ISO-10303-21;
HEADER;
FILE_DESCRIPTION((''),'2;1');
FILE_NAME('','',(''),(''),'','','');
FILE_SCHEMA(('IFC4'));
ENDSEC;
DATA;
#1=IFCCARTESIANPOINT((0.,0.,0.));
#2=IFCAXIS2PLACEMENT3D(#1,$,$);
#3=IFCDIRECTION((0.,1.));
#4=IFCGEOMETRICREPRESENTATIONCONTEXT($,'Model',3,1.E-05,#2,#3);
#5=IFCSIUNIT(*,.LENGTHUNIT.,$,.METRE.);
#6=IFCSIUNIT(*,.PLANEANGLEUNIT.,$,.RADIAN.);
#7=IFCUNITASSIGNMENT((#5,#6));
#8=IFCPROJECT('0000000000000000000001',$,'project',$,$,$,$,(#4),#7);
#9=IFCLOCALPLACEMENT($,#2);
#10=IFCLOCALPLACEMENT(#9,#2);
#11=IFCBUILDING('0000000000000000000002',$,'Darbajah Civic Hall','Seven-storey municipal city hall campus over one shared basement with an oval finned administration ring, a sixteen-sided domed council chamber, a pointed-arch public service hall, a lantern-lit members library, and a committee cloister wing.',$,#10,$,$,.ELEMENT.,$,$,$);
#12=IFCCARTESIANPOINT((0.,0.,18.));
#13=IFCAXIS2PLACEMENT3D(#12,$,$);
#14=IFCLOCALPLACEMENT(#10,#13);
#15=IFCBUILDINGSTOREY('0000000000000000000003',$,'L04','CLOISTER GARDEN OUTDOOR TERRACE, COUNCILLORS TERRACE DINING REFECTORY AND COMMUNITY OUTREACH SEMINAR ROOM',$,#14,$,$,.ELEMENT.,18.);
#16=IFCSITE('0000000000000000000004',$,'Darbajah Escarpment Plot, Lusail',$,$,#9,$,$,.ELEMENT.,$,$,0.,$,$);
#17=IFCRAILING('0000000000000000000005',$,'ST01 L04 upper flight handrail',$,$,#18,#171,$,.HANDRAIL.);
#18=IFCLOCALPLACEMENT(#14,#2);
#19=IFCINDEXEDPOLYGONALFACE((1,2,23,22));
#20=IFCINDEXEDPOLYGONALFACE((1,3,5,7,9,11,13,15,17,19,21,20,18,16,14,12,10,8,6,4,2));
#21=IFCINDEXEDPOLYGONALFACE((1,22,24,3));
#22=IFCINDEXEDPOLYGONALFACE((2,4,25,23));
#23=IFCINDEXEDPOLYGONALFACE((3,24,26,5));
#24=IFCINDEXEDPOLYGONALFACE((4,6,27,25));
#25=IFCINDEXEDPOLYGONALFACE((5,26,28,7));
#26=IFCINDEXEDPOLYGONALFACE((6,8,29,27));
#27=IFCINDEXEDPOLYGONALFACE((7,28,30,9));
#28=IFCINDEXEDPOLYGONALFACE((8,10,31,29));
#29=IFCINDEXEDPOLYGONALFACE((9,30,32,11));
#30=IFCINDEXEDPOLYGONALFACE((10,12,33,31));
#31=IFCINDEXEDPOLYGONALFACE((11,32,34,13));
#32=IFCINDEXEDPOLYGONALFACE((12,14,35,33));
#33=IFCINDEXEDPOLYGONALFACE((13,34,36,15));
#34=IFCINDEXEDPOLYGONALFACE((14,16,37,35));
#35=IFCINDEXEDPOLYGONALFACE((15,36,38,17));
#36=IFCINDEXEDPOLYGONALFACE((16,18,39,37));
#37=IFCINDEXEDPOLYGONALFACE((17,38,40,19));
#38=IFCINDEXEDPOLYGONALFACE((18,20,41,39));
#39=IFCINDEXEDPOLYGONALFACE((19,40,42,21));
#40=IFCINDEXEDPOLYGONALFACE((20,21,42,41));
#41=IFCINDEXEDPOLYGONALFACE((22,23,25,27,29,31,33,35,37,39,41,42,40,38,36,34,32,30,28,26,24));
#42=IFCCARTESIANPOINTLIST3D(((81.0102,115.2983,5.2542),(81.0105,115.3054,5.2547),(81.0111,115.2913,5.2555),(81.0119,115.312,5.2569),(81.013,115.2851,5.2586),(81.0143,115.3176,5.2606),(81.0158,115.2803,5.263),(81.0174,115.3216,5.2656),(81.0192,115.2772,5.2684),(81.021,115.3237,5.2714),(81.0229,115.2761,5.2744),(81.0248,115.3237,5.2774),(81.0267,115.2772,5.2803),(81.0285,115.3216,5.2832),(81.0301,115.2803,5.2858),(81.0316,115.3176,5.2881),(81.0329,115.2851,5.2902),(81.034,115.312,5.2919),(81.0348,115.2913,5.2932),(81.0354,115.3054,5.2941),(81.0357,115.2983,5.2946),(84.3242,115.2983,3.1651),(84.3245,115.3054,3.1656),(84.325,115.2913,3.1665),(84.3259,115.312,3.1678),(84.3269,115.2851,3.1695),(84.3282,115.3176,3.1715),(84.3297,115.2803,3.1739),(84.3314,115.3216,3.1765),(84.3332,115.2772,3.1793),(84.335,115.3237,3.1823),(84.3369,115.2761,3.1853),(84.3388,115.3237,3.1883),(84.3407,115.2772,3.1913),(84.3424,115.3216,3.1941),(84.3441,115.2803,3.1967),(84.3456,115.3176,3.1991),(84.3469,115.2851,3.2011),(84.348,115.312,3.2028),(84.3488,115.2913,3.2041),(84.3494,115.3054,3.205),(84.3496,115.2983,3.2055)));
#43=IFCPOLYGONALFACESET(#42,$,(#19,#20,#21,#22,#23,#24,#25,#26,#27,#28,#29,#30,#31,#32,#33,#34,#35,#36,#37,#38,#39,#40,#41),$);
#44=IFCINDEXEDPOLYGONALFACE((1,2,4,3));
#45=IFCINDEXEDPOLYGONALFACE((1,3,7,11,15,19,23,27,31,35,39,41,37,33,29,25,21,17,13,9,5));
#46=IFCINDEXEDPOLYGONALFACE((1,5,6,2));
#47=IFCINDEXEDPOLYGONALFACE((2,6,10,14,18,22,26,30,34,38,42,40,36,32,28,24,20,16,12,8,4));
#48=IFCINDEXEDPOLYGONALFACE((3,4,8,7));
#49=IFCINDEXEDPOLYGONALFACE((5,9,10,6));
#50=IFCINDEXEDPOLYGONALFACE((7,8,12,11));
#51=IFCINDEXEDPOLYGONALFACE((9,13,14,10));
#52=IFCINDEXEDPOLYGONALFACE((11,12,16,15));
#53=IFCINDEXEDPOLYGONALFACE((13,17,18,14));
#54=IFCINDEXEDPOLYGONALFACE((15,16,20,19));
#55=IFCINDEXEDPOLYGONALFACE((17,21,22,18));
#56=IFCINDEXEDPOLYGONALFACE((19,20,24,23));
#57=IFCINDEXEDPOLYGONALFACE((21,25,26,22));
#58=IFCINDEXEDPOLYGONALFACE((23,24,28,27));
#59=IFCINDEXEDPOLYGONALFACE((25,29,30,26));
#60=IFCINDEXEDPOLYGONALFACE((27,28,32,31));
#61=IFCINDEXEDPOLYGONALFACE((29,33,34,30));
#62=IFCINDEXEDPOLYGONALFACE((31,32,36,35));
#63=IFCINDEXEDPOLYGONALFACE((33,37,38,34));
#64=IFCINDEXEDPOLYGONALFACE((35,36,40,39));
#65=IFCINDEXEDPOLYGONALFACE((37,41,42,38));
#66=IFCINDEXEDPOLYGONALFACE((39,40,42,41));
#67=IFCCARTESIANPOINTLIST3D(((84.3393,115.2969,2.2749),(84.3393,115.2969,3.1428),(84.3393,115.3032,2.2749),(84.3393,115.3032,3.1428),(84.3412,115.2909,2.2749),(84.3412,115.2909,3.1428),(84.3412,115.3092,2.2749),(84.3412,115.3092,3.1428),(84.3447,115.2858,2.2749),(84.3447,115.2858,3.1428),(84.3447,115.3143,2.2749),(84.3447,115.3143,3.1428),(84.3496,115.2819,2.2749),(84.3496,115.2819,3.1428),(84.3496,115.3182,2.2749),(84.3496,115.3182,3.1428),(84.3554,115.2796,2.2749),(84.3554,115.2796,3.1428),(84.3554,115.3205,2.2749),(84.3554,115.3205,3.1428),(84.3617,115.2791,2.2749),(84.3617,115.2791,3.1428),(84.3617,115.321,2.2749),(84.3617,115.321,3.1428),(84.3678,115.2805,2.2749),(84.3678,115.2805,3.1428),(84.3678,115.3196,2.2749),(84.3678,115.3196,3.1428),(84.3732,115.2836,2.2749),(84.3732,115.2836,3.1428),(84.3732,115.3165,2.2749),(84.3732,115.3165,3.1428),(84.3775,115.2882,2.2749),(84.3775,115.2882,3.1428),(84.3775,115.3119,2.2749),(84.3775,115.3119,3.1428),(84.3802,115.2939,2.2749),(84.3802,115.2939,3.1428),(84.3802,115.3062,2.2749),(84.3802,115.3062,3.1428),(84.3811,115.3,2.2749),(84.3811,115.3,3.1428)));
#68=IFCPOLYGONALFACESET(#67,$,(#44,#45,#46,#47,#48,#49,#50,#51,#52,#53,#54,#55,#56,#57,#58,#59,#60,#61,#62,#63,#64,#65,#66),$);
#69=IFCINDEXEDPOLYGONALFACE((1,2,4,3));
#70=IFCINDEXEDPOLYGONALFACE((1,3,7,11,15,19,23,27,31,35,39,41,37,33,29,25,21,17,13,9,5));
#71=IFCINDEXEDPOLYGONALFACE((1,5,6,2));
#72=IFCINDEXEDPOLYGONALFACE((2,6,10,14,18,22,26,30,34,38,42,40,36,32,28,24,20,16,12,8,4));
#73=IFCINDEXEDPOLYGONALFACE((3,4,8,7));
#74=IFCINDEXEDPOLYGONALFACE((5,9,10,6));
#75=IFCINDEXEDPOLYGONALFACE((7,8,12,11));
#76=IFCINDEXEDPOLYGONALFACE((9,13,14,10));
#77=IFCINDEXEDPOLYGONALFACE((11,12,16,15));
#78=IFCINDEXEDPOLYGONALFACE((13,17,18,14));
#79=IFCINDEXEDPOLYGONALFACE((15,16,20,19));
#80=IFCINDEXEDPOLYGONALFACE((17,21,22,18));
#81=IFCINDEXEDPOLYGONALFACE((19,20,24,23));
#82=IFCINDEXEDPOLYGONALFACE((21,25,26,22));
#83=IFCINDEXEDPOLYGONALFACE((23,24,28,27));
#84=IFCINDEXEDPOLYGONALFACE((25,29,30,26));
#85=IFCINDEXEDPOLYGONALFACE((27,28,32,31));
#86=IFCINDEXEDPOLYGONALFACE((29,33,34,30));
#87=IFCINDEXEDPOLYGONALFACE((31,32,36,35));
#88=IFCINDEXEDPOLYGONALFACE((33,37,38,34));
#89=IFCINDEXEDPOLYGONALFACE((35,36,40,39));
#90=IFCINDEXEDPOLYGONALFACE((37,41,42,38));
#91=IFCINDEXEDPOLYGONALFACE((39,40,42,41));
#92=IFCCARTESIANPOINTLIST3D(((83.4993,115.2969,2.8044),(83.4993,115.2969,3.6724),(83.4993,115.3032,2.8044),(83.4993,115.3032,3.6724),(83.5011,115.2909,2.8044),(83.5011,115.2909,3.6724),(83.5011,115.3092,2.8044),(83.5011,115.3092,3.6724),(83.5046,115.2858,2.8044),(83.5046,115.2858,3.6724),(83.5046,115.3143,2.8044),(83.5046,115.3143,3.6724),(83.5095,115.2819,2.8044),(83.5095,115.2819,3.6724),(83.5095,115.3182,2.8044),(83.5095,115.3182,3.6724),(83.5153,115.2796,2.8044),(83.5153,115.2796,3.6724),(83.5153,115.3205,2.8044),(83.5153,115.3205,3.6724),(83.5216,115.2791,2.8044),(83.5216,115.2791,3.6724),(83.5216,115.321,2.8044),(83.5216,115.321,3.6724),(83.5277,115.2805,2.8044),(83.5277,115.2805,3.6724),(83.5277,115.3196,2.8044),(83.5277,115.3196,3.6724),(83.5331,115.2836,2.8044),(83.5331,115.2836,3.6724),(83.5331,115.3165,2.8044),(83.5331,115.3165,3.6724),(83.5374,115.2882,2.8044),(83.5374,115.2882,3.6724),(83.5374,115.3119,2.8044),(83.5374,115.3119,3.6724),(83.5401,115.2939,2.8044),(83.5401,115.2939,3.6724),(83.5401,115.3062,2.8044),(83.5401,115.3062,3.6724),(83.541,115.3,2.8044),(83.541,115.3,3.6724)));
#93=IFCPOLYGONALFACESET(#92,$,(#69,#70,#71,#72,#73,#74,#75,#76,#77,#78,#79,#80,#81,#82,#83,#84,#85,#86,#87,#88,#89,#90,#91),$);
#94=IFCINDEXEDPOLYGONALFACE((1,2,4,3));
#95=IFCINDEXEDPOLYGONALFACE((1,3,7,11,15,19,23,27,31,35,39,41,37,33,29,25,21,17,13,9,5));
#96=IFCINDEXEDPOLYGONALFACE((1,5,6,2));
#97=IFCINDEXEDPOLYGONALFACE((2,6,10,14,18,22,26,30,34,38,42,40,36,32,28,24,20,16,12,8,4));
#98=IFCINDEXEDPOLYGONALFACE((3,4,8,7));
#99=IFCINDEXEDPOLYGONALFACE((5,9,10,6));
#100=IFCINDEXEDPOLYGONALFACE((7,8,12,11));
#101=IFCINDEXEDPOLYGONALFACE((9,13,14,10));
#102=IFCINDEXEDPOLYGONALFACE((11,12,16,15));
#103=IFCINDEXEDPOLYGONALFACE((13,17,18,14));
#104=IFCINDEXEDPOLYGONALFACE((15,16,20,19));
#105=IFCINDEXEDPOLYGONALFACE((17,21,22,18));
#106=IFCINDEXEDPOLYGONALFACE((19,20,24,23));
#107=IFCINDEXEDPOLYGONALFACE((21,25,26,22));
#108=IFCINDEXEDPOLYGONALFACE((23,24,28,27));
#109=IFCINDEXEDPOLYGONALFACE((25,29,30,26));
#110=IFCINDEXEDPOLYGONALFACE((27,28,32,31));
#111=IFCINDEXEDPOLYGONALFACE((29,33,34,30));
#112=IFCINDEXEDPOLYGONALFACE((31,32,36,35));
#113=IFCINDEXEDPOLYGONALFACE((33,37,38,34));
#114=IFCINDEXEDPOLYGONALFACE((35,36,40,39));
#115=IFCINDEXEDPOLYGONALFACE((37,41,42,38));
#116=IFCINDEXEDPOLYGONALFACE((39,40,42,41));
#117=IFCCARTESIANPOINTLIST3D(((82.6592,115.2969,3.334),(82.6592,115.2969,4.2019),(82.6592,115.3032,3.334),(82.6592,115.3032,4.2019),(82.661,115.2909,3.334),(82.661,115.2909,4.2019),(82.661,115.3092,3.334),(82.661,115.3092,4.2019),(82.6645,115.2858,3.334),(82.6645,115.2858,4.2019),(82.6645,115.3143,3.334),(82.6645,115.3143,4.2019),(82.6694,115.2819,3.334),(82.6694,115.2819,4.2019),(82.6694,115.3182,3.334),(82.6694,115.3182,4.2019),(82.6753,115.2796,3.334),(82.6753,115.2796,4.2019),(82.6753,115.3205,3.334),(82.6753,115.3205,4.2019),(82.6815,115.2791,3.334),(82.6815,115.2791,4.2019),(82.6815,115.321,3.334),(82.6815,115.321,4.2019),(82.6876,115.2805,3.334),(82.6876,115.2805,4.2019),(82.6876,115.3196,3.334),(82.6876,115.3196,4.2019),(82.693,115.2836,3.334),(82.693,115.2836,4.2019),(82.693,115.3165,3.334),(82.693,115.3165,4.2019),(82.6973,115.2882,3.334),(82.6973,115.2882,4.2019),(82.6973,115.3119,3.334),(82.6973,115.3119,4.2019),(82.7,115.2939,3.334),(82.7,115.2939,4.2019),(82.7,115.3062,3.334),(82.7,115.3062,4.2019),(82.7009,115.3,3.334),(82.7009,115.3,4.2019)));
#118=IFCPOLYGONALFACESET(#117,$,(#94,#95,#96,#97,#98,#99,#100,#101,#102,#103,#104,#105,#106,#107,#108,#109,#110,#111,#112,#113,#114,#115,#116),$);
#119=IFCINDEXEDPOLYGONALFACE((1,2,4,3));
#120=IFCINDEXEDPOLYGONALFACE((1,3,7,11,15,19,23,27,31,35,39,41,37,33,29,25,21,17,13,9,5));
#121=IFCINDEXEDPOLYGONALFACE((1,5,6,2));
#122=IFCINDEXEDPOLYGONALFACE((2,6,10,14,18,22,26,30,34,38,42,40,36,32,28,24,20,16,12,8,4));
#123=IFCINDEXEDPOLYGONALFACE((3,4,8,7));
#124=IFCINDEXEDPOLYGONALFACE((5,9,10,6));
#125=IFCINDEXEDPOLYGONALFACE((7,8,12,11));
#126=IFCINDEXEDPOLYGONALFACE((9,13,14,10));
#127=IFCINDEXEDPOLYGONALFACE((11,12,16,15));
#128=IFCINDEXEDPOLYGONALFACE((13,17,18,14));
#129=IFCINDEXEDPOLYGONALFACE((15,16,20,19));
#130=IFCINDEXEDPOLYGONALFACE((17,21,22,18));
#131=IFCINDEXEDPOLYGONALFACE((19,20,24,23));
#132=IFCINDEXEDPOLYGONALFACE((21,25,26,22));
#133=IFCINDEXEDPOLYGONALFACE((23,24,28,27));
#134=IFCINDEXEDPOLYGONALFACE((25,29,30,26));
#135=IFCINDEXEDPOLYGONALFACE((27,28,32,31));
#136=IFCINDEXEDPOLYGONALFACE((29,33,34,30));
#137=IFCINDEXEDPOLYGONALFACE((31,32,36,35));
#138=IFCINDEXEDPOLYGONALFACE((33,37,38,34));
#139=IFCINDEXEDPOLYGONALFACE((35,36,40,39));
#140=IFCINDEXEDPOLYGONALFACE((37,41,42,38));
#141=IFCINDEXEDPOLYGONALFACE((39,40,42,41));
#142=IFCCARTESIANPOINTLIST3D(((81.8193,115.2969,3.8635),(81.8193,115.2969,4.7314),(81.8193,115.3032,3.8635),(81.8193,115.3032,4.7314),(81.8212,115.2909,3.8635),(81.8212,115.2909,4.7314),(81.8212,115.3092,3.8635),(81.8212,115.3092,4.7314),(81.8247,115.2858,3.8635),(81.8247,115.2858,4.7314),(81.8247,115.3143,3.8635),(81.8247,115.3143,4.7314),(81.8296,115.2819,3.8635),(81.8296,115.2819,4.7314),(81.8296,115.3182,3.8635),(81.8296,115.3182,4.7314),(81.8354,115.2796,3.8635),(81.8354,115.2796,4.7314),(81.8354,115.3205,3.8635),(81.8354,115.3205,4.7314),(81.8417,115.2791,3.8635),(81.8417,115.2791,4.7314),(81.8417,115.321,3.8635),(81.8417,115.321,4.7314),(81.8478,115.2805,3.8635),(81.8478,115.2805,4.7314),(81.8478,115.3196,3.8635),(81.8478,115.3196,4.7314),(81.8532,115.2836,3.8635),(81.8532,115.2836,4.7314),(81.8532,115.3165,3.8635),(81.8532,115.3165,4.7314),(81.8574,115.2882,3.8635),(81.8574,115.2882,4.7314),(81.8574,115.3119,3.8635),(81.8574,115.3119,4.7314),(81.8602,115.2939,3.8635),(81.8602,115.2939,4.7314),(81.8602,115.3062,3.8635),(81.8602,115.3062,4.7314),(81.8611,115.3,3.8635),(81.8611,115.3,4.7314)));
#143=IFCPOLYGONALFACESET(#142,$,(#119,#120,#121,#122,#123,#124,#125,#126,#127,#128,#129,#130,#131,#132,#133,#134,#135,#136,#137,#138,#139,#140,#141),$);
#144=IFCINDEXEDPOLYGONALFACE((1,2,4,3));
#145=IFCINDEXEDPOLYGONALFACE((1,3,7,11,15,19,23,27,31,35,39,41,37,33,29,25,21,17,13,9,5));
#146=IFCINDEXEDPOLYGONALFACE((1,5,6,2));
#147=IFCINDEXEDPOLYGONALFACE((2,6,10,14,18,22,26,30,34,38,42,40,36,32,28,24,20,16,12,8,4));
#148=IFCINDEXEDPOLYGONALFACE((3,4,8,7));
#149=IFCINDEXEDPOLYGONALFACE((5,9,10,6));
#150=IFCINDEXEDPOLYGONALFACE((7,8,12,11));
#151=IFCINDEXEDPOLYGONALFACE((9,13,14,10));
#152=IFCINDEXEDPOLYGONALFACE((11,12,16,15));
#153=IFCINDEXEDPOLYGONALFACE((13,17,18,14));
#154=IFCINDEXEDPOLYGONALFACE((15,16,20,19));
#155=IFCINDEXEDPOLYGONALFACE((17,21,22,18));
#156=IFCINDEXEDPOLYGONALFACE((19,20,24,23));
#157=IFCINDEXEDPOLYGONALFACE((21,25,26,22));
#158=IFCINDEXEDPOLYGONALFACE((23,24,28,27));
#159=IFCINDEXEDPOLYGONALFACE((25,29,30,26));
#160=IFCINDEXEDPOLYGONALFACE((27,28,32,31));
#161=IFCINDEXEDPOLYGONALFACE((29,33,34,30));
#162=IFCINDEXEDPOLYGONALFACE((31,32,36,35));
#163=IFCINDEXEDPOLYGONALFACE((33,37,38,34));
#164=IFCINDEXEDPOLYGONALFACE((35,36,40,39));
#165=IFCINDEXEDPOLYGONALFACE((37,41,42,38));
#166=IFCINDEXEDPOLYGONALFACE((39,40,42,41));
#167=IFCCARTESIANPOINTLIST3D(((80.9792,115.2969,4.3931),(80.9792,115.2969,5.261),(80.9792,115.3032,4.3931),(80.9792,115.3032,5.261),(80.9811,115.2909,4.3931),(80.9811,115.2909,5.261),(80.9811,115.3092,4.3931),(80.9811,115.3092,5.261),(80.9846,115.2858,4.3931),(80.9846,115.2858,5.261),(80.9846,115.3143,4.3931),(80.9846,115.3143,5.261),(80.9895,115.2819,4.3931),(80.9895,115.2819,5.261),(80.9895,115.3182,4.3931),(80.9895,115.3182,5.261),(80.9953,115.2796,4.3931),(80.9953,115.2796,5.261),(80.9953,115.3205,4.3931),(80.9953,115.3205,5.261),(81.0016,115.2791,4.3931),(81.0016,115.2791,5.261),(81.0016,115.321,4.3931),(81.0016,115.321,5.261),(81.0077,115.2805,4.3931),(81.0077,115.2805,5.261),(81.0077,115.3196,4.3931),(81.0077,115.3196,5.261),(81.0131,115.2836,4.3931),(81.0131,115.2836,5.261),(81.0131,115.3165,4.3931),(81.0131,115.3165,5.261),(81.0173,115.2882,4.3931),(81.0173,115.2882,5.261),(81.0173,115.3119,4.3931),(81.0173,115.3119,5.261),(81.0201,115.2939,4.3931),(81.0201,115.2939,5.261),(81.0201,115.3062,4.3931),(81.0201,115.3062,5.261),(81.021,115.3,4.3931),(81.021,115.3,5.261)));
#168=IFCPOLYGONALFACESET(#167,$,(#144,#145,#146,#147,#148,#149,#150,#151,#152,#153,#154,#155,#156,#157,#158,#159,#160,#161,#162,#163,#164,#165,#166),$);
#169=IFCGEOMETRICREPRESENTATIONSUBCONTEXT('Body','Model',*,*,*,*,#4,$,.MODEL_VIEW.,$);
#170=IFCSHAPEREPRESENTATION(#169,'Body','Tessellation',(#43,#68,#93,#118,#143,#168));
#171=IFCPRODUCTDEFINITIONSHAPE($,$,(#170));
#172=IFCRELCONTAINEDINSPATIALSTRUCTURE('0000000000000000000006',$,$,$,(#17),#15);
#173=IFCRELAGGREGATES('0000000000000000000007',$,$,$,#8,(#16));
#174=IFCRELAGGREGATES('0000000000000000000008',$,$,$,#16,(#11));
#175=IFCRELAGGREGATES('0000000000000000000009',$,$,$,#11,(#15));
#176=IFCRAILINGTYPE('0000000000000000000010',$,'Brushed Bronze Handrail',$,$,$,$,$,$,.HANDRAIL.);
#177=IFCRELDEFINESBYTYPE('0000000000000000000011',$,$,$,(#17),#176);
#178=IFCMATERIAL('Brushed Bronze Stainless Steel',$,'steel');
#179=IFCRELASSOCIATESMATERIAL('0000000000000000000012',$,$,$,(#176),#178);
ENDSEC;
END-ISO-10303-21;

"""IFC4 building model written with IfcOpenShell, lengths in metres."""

from ifc_helpers import new_model, si_unit, direction, frame, origin, origin_2d, place, context, subcontext, project, spatial, circle, extrude, material, type_object, element, save


model = new_model("IFC4")

# Units and contexts
model_context = context("Model", 3, precision=1e-05, world=origin(), true_north=direction((0.0, 1.0)))
body_context = subcontext(model_context, "Body", "Model", "MODEL_VIEW")
ifc_project = project(units=[si_unit("LENGTHUNIT", "METRE"), si_unit("PLANEANGLEUNIT", "RADIAN")], contexts=[model_context])

# Site, building, storey
site_placement = place(None, origin())
site = spatial("IfcSite", under=ifc_project, at=site_placement, Name="Darbajah Escarpment Plot, Lusail", CompositionType="ELEMENT", RefElevation=0.0)
building_placement = place(site_placement, origin())
building = spatial("IfcBuilding", under=site, at=building_placement, Name="Darbajah Civic Hall", Description="Seven-storey municipal city hall campus over one shared basement with an oval finned administration ring, a sixteen-sided domed council chamber, a pointed-arch public service hall, a lantern-lit members library, and a committee cloister wing.", CompositionType="ELEMENT")
storey_placement = place(building_placement, frame((0.0, 0.0, 18.0)))
storey = spatial("IfcBuildingStorey", under=building, at=storey_placement, Name="L04", Description="CLOISTER GARDEN OUTDOOR TERRACE, COUNCILLORS TERRACE DINING REFECTORY AND COMMUNITY OUTREACH SEMINAR ROOM", CompositionType="ELEMENT", Elevation=18.0)

# Railing
ifc_material_1 = material(Name="Brushed Bronze Stainless Steel", Category="steel")
railing_type_1 = type_object("IfcRailingType", Name="Brushed Bronze Handrail", PredefinedType="HANDRAIL", material=ifc_material_1)
railing_1_placement = place(storey_placement, frame((84.3601, 115.3, 2.2749)))
element("IfcRailing", 1, at=railing_1_placement, inside=storey, type_object=railing_type_1, Name="ST01 L04 upper flight handrail", PredefinedType="HANDRAIL", context=body_context, shape_type="SweptSolid", body=[
    extrude(circle(Radius=0.0239, at=origin_2d()), frame((-0.0232, 0.0, 0.9104), z_axis=(-0.845944, 0.0, 0.533271), x_axis=(0.0, -1.0, 0.0)), (0.0, 0.0, 1.0), 3.9175),
    extrude(circle(Radius=0.021, at=origin_2d()), origin(), (0.0, 0.0, 1.0), 0.8679),
    extrude(circle(Radius=0.021, at=origin_2d()), frame((-0.8401, 0.0, 0.5295)), (0.0, 0.0, 1.0), 0.8679),
    extrude(circle(Radius=0.021, at=origin_2d()), frame((-1.6802, 0.0, 1.0591)), (0.0, 0.0, 1.0), 0.8679),
    extrude(circle(Radius=0.021, at=origin_2d()), frame((-2.52, 0.0, 1.5886)), (0.0, 0.0, 1.0), 0.8679),
    extrude(circle(Radius=0.021, at=origin_2d()), frame((-3.3601, 0.0, 2.1182)), (0.0, 0.0, 1.0), 0.8679),
])

save(model, "model.ifc")
